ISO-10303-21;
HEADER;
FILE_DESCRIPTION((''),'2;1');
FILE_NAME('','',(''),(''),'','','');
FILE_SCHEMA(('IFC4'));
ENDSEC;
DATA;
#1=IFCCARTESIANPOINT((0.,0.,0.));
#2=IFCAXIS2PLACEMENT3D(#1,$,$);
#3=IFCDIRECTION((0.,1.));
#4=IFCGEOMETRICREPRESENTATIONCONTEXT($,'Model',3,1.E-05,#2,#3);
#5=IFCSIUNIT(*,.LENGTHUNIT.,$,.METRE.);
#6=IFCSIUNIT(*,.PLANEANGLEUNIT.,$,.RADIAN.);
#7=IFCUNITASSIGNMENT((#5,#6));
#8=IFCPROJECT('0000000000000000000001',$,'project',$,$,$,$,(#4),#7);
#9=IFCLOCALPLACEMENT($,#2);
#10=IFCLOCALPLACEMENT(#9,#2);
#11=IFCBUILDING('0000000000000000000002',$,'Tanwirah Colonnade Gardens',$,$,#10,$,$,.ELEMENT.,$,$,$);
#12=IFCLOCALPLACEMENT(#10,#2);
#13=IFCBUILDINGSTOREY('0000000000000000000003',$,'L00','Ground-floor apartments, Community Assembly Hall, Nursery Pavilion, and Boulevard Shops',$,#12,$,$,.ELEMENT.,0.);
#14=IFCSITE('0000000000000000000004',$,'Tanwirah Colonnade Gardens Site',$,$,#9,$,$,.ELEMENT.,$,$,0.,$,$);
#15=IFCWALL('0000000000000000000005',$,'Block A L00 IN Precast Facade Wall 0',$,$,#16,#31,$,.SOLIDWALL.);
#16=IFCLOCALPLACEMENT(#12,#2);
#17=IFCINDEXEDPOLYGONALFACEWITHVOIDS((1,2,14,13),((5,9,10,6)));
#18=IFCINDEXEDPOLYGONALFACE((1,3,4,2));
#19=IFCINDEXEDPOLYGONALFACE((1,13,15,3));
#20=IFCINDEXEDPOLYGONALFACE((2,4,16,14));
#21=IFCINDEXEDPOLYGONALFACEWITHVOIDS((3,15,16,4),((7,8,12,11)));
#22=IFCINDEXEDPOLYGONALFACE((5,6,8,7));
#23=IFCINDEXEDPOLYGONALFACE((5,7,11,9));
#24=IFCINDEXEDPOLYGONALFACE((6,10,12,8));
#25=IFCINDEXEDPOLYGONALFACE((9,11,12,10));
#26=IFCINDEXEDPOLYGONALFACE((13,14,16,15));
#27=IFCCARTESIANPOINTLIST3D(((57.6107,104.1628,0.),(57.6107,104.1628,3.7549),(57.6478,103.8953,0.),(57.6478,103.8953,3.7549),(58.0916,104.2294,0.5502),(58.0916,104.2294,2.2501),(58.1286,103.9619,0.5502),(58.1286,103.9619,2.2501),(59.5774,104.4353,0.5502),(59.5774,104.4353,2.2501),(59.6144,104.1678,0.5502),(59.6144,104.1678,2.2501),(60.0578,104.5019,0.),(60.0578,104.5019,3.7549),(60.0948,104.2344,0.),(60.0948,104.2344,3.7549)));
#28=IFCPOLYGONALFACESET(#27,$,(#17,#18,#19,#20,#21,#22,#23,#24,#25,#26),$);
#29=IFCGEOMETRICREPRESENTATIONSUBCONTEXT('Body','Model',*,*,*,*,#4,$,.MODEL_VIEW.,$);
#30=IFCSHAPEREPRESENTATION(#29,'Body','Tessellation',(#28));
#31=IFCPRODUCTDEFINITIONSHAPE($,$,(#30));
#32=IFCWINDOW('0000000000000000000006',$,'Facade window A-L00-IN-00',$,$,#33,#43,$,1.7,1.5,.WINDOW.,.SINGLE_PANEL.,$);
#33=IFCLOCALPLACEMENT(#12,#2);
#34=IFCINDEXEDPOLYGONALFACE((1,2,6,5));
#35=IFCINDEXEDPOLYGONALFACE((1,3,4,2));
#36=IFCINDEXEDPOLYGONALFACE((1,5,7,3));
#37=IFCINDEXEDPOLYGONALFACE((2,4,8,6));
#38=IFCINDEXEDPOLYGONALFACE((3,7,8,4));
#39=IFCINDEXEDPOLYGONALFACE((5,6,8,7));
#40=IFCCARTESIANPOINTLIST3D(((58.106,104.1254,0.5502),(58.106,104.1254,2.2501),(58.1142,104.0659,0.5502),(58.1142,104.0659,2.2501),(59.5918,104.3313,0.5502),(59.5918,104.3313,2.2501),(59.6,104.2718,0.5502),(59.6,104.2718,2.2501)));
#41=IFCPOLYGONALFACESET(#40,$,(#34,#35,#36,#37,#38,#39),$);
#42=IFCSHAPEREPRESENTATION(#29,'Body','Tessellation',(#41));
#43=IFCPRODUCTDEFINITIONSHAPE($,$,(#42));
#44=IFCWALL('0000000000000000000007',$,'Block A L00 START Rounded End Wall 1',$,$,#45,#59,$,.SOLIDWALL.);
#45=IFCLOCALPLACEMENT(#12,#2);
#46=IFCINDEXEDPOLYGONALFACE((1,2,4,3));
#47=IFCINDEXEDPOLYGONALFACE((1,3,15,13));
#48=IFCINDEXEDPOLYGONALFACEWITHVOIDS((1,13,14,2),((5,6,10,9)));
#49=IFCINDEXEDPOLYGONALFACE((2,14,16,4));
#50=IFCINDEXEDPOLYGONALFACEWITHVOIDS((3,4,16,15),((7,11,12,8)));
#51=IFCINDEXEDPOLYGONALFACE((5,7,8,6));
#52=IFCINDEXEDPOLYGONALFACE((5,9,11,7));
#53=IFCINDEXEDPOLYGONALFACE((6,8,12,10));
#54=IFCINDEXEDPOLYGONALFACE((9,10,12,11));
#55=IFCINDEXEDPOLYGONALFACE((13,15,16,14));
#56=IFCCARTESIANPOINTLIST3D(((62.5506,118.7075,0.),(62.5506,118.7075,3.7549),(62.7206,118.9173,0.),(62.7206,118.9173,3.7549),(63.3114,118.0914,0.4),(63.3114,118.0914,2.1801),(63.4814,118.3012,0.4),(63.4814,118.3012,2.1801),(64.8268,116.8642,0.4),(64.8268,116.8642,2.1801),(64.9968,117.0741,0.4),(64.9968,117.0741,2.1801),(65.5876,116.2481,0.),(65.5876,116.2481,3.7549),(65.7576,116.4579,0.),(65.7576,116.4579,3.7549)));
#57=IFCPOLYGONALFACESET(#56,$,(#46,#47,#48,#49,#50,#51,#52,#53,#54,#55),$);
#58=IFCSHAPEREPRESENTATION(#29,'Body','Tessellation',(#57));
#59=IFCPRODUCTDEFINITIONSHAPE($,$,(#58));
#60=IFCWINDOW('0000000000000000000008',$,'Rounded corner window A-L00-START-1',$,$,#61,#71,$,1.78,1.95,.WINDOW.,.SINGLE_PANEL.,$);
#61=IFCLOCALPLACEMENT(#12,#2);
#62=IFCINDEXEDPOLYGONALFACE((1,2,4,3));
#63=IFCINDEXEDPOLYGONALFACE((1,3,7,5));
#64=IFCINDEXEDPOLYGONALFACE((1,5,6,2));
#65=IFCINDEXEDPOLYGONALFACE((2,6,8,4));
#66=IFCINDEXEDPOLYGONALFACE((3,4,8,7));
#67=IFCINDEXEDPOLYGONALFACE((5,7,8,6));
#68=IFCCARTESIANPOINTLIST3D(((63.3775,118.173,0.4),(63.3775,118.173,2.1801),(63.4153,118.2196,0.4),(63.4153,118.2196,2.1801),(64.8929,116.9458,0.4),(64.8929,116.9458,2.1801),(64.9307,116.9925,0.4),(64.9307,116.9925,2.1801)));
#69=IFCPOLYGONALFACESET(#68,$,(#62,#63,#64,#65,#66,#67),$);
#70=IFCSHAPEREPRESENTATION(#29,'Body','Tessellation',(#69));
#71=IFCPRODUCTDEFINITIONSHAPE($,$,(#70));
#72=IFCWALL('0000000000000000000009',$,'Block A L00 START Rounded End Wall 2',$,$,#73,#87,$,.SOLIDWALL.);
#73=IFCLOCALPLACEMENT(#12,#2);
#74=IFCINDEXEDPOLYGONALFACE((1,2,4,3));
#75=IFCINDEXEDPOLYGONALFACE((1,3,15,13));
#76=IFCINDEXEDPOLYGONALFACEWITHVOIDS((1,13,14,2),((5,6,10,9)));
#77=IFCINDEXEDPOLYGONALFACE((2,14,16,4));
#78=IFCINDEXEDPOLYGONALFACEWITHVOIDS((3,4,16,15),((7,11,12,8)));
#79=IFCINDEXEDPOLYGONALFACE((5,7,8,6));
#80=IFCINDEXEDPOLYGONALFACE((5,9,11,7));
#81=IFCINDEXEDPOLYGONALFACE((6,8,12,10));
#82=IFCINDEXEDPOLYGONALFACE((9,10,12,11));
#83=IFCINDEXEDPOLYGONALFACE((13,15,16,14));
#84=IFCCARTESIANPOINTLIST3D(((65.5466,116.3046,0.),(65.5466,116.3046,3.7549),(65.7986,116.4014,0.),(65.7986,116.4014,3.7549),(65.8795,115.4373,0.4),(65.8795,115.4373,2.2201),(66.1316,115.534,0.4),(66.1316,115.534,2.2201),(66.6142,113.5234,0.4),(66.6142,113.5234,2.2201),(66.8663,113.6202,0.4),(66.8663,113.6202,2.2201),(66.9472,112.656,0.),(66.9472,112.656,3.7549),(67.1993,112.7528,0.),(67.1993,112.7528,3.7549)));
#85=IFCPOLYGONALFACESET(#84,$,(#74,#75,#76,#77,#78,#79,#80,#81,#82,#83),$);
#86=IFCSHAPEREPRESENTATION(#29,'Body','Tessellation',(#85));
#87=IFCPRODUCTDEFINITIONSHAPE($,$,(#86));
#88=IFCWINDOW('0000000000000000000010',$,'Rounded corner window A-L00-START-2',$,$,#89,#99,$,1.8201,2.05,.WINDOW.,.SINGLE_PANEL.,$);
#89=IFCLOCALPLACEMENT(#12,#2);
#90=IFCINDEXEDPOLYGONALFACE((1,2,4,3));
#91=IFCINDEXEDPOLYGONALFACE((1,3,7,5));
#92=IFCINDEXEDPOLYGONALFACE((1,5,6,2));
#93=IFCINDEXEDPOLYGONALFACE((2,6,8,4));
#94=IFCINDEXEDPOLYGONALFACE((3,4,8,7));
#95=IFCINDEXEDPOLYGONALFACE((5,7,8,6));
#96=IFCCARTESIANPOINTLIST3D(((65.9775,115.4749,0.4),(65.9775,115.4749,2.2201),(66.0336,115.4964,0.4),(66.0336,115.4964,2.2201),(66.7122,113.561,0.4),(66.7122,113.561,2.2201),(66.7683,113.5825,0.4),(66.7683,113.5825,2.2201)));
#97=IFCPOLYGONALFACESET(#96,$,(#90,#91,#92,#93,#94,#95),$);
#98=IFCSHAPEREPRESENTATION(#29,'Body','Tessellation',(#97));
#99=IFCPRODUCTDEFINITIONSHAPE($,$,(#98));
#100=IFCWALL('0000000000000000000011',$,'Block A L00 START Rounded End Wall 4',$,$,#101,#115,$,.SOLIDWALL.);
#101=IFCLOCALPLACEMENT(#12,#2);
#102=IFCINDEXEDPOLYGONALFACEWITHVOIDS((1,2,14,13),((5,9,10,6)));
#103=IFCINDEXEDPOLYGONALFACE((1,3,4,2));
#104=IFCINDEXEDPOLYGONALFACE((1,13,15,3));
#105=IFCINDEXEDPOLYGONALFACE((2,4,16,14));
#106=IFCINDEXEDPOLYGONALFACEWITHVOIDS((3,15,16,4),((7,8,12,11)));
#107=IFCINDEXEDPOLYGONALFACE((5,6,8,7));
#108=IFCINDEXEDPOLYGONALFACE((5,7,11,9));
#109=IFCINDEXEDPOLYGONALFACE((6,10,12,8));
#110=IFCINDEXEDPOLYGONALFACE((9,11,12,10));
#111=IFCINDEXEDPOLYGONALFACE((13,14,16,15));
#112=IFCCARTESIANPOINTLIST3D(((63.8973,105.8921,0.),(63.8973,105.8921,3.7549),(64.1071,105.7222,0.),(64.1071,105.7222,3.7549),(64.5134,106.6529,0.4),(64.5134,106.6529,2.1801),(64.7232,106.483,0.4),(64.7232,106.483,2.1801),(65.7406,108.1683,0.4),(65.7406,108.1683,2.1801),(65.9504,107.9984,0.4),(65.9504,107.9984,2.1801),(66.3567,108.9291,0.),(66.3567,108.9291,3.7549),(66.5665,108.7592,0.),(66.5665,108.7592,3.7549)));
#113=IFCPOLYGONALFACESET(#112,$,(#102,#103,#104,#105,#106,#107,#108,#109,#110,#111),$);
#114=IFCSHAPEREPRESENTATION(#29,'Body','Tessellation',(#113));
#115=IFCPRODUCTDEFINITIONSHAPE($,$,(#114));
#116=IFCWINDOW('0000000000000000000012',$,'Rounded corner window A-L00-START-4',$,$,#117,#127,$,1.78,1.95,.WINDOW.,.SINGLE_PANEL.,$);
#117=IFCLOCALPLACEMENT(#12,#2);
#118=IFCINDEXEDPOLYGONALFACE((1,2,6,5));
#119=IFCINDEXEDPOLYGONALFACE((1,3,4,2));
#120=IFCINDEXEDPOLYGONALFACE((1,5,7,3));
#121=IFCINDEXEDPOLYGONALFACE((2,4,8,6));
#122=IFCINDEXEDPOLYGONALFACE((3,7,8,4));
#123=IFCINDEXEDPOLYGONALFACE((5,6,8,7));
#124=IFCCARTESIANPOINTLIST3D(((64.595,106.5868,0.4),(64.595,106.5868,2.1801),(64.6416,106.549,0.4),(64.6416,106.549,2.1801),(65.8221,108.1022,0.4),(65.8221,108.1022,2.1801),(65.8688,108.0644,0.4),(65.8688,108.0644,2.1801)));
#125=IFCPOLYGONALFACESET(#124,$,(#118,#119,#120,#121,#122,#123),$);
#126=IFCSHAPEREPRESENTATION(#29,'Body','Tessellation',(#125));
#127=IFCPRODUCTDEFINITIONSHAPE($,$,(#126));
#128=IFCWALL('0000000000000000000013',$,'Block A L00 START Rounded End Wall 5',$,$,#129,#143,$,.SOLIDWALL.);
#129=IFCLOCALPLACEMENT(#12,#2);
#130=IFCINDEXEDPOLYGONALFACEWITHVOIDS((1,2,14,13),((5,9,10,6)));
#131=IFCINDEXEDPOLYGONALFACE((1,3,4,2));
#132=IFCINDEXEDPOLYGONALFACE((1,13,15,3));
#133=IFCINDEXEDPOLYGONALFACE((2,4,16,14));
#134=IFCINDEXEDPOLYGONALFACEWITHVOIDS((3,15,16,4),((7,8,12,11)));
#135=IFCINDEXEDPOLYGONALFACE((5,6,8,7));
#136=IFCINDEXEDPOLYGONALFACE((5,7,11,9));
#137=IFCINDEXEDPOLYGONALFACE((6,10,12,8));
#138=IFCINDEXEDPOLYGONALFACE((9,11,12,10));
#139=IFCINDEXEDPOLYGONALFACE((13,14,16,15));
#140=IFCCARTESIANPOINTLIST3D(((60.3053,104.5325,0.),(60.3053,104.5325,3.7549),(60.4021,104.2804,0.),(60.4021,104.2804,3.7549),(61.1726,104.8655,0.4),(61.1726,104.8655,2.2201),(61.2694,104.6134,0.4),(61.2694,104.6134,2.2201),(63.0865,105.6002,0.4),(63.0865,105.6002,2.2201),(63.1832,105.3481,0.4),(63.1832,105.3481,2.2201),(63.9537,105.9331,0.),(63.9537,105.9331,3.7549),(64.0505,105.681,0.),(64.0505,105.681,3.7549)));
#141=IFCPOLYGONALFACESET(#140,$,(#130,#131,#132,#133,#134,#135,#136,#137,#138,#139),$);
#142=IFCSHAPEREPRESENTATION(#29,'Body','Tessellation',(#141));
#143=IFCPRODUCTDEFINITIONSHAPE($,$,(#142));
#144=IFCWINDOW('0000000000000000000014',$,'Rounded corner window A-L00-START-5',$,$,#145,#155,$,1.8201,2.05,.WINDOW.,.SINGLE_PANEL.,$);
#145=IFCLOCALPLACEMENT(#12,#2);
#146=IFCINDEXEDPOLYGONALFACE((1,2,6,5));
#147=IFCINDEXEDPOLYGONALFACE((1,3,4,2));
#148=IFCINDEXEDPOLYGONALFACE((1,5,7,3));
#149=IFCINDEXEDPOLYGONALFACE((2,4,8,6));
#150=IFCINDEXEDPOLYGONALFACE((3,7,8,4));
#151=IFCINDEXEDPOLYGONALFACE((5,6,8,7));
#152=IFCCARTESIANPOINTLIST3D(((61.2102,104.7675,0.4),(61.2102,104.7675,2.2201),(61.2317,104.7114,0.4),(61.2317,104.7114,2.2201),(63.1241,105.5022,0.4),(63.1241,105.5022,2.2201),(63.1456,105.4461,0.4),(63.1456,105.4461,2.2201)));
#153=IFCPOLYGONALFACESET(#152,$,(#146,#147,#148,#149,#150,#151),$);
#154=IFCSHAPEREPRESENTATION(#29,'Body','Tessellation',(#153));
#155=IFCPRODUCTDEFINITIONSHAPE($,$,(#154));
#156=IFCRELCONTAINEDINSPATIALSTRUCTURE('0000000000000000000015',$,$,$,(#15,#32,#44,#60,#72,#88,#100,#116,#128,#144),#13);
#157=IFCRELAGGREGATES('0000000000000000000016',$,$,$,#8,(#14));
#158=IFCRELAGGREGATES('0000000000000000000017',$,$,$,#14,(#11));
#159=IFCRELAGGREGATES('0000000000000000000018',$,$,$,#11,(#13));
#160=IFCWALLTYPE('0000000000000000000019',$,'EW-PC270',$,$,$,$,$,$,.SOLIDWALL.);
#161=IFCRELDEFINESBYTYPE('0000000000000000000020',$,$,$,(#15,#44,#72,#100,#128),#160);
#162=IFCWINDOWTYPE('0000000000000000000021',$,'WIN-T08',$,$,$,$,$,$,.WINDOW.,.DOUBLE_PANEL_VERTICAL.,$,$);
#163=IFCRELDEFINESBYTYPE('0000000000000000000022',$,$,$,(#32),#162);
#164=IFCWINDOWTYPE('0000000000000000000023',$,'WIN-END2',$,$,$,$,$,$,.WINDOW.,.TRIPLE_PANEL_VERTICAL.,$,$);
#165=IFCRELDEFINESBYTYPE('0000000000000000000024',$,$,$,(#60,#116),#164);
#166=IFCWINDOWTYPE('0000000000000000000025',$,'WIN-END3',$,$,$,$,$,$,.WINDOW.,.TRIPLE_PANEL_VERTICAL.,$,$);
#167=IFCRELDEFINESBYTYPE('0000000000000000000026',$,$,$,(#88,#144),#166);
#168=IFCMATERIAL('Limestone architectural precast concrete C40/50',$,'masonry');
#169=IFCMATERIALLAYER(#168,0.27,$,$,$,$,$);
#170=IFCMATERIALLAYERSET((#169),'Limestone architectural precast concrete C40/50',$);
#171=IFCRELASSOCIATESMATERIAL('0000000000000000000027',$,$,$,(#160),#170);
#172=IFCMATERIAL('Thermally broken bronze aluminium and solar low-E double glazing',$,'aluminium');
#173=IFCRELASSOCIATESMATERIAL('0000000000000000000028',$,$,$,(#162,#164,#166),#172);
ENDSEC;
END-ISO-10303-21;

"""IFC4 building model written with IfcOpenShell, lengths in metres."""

from ifc_helpers import new_model, si_unit, direction, frame, frame_2d, origin, place, context, subcontext, project, spatial, rectangle, extrude, material, layer, layer_set, type_object, element, fill, save


model = new_model("IFC4")

# Units and contexts
model_context = context("Model", 3, precision=1e-05, world=origin(), true_north=direction((0.0, 1.0)))
body_context = subcontext(model_context, "Body", "Model", "MODEL_VIEW")
ifc_project = project(units=[si_unit("LENGTHUNIT", "METRE"), si_unit("PLANEANGLEUNIT", "RADIAN")], contexts=[model_context])

# Site, building, storey
site_placement = place(None, origin())
site = spatial("IfcSite", under=ifc_project, at=site_placement, Name="Tanwirah Colonnade Gardens Site", CompositionType="ELEMENT", RefElevation=0.0)
building_placement = place(site_placement, origin())
building = spatial("IfcBuilding", under=site, at=building_placement, Name="Tanwirah Colonnade Gardens", CompositionType="ELEMENT")
storey_placement = place(building_placement, origin())
storey = spatial("IfcBuildingStorey", under=building, at=storey_placement, Name="L00", Description="Ground-floor apartments, Community Assembly Hall, Nursery Pavilion, and Boulevard Shops", CompositionType="ELEMENT", Elevation=0.0)

# Shared definitions
ifc_material_1 = material(Name="Limestone architectural precast concrete C40/50", Category="masonry")

# Walls, openings, windows
ifc_layer_1 = layer(ifc_material_1, 0.27)
ifc_layer_set_1 = layer_set([ifc_layer_1], Name="Limestone architectural precast concrete C40/50")
wall_type_1 = type_object("IfcWallType", Name="EW-PC270", PredefinedType="SOLIDWALL", material=ifc_layer_set_1)
wall_1_placement = place(storey_placement, frame((60.0764, 104.3682, 0.0), z_axis=(0.0, 0.0, 1.0), x_axis=(-0.990534, -0.137269, 0.0)))
wall_1 = element("IfcWall", 1, at=wall_1_placement, inside=storey, type_object=wall_type_1, Name="Block A L00 IN Precast Facade Wall 0", PredefinedType="SOLIDWALL", context=body_context, shape_type="SweptSolid", body=[
    extrude(rectangle(XDim=2.4705, YDim=0.27, at=frame_2d((1.2354, 0.0))), origin(), (0.0, 0.0, 1.0), 3.7549),
])
opening_1_placement = place(wall_1_placement, frame((0.4851, 0.0, 0.55)))
opening_1 = element("IfcOpeningElement", 2, at=opening_1_placement, cuts=wall_1, PredefinedType="OPENING", context=body_context, shape_type="SweptSolid", body=[
    extrude(rectangle(XDim=1.5, YDim=1.7, at=frame_2d((0.75, 0.8501))), frame((0.0, 0.145, 0.0), z_axis=(0.0, -1.0, 0.0), x_axis=(1.0, 0.0, 0.0)), (0.0, 0.0, 1.0), 0.29),
])
ifc_material_2 = material(Name="Thermally broken bronze aluminium and solar low-E double glazing", Category="aluminium")
window_type_1 = type_object("IfcWindowType", Name="WIN-T08", PartitioningType="DOUBLE_PANEL_VERTICAL", PredefinedType="WINDOW", material=ifc_material_2)
window_1_placement = place(opening_1_placement, origin())
window_1 = element("IfcWindow", 3, at=window_1_placement, inside=storey, type_object=window_type_1, Name="Facade window A-L00-IN-00", OverallHeight=1.7, OverallWidth=1.5, PartitioningType="SINGLE_PANEL", PredefinedType="WINDOW", context=body_context, shape_type="SweptSolid", body=[
    extrude(rectangle(XDim=1.5, YDim=1.7, at=frame_2d((0.75, 0.8501))), frame((0.0, 0.03, 0.0), z_axis=(0.0, -1.0, 0.0), x_axis=(1.0, 0.0, 0.0)), (0.0, 0.0, 1.0), 0.0601),
])
fill(opening_1, window_1)
wall_2_placement = place(storey_placement, frame((62.6355, 118.8125, 0.0), z_axis=(0.0, 0.0, 1.0), x_axis=(0.777137, -0.629331, 0.0)))
wall_2 = element("IfcWall", 4, at=wall_2_placement, inside=storey, type_object=wall_type_1, Name="Block A L00 START Rounded End Wall 1", PredefinedType="SOLIDWALL", context=body_context, shape_type="SweptSolid", body=[
    extrude(rectangle(XDim=3.908, YDim=0.27, at=frame_2d((1.9541, 0.0))), origin(), (0.0, 0.0, 1.0), 3.7549),
])
opening_2_placement = place(wall_2_placement, frame((0.979, 0.0, 0.3999)))
opening_2 = element("IfcOpeningElement", 5, at=opening_2_placement, cuts=wall_2, PredefinedType="OPENING", context=body_context, shape_type="SweptSolid", body=[
    extrude(rectangle(XDim=1.95, YDim=1.78, at=frame_2d((0.9751, 0.8901))), frame((0.0, 0.145, 0.0), z_axis=(0.0, -1.0, 0.0), x_axis=(1.0, 0.0, 0.0)), (0.0, 0.0, 1.0), 0.29),
])
window_type_2 = type_object("IfcWindowType", Name="WIN-END2", PartitioningType="TRIPLE_PANEL_VERTICAL", PredefinedType="WINDOW", material=ifc_material_2)
window_2_placement = place(opening_2_placement, origin())
window_2 = element("IfcWindow", 6, at=window_2_placement, inside=storey, type_object=window_type_2, Name="Rounded corner window A-L00-START-1", OverallHeight=1.78, OverallWidth=1.95, PartitioningType="SINGLE_PANEL", PredefinedType="WINDOW", context=body_context, shape_type="SweptSolid", body=[
    extrude(rectangle(XDim=1.95, YDim=1.78, at=frame_2d((0.9751, 0.8901))), frame((0.0, 0.03, 0.0), z_axis=(0.0, -1.0, 0.0), x_axis=(1.0, 0.0, 0.0)), (0.0, 0.0, 1.0), 0.0601),
])
fill(opening_2, window_2)
wall_3_placement = place(storey_placement, frame((65.6726, 116.353, 0.0), z_axis=(0.0, 0.0, 1.0), x_axis=(0.358376, -0.933577, 0.0)))
wall_3 = element("IfcWall", 7, at=wall_3_placement, inside=storey, type_object=wall_type_1, Name="Block A L00 START Rounded End Wall 2", PredefinedType="SOLIDWALL", context=body_context, shape_type="SweptSolid", body=[
    extrude(rectangle(XDim=3.9082, YDim=0.27, at=frame_2d((1.9541, 0.0))), origin(), (0.0, 0.0, 1.0), 3.7549),
])
opening_3_placement = place(wall_3_placement, frame((0.9292, 0.0, 0.3999)))
opening_3 = element("IfcOpeningElement", 8, at=opening_3_placement, cuts=wall_3, PredefinedType="OPENING", context=body_context, shape_type="SweptSolid", body=[
    extrude(rectangle(XDim=2.05, YDim=1.8201, at=frame_2d((1.0249, 0.9102))), frame((0.0, 0.145, 0.0), z_axis=(0.0, -1.0, 0.0), x_axis=(1.0, 0.0, 0.0)), (0.0, 0.0, 1.0), 0.29),
])
window_type_3 = type_object("IfcWindowType", Name="WIN-END3", PartitioningType="TRIPLE_PANEL_VERTICAL", PredefinedType="WINDOW", material=ifc_material_2)
window_3_placement = place(opening_3_placement, origin())
window_3 = element("IfcWindow", 9, at=window_3_placement, inside=storey, type_object=window_type_3, Name="Rounded corner window A-L00-START-2", OverallHeight=1.8201, OverallWidth=2.05, PartitioningType="SINGLE_PANEL", PredefinedType="WINDOW", context=body_context, shape_type="SweptSolid", body=[
    extrude(rectangle(XDim=2.05, YDim=1.8201, at=frame_2d((1.0249, 0.9102))), frame((0.0, 0.03, 0.0), z_axis=(0.0, -1.0, 0.0), x_axis=(1.0, 0.0, 0.0)), (0.0, 0.0, 1.0), 0.0601),
])
fill(opening_3, window_3)
wall_4_placement = place(storey_placement, frame((66.4617, 108.8442, 0.0), z_axis=(0.0, 0.0, 1.0), x_axis=(-0.629331, -0.777137, 0.0)))
wall_4 = element("IfcWall", 10, at=wall_4_placement, inside=storey, type_object=wall_type_1, Name="Block A L00 START Rounded End Wall 4", PredefinedType="SOLIDWALL", context=body_context, shape_type="SweptSolid", body=[
    extrude(rectangle(XDim=3.908, YDim=0.27, at=frame_2d((1.9541, 0.0))), origin(), (0.0, 0.0, 1.0), 3.7549),
])
opening_4_placement = place(wall_4_placement, frame((0.979, 0.0, 0.3999)))
opening_4 = element("IfcOpeningElement", 11, at=opening_4_placement, cuts=wall_4, PredefinedType="OPENING", context=body_context, shape_type="SweptSolid", body=[
    extrude(rectangle(XDim=1.95, YDim=1.78, at=frame_2d((0.9751, 0.8901))), frame((0.0, 0.145, 0.0), z_axis=(0.0, -1.0, 0.0), x_axis=(1.0, 0.0, 0.0)), (0.0, 0.0, 1.0), 0.29),
])
window_4_placement = place(opening_4_placement, origin())
window_4 = element("IfcWindow", 12, at=window_4_placement, inside=storey, type_object=window_type_2, Name="Rounded corner window A-L00-START-4", OverallHeight=1.78, OverallWidth=1.95, PartitioningType="SINGLE_PANEL", PredefinedType="WINDOW", context=body_context, shape_type="SweptSolid", body=[
    extrude(rectangle(XDim=1.95, YDim=1.78, at=frame_2d((0.9751, 0.8901))), frame((0.0, 0.03, 0.0), z_axis=(0.0, -1.0, 0.0), x_axis=(1.0, 0.0, 0.0)), (0.0, 0.0, 1.0), 0.0601),
])
fill(opening_4, window_4)
wall_5_placement = place(storey_placement, frame((64.0022, 105.8071, 0.0), z_axis=(0.0, 0.0, 1.0), x_axis=(-0.933569, -0.358397, 0.0)))
wall_5 = element("IfcWall", 13, at=wall_5_placement, inside=storey, type_object=wall_type_1, Name="Block A L00 START Rounded End Wall 5", PredefinedType="SOLIDWALL", context=body_context, shape_type="SweptSolid", body=[
    extrude(rectangle(XDim=3.908, YDim=0.27, at=frame_2d((1.9541, 0.0))), origin(), (0.0, 0.0, 1.0), 3.7549),
])
opening_5_placement = place(wall_5_placement, frame((0.9292, 0.0, 0.3999)))
opening_5 = element("IfcOpeningElement", 14, at=opening_5_placement, cuts=wall_5, PredefinedType="OPENING", context=body_context, shape_type="SweptSolid", body=[
    extrude(rectangle(XDim=2.05, YDim=1.8201, at=frame_2d((1.0249, 0.9102))), frame((0.0, 0.145, 0.0), z_axis=(0.0, -1.0, 0.0), x_axis=(1.0, 0.0, 0.0)), (0.0, 0.0, 1.0), 0.29),
])
window_5_placement = place(opening_5_placement, origin())
window_5 = element("IfcWindow", 15, at=window_5_placement, inside=storey, type_object=window_type_3, Name="Rounded corner window A-L00-START-5", OverallHeight=1.8201, OverallWidth=2.05, PartitioningType="SINGLE_PANEL", PredefinedType="WINDOW", context=body_context, shape_type="SweptSolid", body=[
    extrude(rectangle(XDim=2.05, YDim=1.8201, at=frame_2d((1.0249, 0.9102))), frame((0.0, 0.03, 0.0), z_axis=(0.0, -1.0, 0.0), x_axis=(1.0, 0.0, 0.0)), (0.0, 0.0, 1.0), 0.0601),
])
fill(opening_5, window_5)

save(model, "model.ifc")
